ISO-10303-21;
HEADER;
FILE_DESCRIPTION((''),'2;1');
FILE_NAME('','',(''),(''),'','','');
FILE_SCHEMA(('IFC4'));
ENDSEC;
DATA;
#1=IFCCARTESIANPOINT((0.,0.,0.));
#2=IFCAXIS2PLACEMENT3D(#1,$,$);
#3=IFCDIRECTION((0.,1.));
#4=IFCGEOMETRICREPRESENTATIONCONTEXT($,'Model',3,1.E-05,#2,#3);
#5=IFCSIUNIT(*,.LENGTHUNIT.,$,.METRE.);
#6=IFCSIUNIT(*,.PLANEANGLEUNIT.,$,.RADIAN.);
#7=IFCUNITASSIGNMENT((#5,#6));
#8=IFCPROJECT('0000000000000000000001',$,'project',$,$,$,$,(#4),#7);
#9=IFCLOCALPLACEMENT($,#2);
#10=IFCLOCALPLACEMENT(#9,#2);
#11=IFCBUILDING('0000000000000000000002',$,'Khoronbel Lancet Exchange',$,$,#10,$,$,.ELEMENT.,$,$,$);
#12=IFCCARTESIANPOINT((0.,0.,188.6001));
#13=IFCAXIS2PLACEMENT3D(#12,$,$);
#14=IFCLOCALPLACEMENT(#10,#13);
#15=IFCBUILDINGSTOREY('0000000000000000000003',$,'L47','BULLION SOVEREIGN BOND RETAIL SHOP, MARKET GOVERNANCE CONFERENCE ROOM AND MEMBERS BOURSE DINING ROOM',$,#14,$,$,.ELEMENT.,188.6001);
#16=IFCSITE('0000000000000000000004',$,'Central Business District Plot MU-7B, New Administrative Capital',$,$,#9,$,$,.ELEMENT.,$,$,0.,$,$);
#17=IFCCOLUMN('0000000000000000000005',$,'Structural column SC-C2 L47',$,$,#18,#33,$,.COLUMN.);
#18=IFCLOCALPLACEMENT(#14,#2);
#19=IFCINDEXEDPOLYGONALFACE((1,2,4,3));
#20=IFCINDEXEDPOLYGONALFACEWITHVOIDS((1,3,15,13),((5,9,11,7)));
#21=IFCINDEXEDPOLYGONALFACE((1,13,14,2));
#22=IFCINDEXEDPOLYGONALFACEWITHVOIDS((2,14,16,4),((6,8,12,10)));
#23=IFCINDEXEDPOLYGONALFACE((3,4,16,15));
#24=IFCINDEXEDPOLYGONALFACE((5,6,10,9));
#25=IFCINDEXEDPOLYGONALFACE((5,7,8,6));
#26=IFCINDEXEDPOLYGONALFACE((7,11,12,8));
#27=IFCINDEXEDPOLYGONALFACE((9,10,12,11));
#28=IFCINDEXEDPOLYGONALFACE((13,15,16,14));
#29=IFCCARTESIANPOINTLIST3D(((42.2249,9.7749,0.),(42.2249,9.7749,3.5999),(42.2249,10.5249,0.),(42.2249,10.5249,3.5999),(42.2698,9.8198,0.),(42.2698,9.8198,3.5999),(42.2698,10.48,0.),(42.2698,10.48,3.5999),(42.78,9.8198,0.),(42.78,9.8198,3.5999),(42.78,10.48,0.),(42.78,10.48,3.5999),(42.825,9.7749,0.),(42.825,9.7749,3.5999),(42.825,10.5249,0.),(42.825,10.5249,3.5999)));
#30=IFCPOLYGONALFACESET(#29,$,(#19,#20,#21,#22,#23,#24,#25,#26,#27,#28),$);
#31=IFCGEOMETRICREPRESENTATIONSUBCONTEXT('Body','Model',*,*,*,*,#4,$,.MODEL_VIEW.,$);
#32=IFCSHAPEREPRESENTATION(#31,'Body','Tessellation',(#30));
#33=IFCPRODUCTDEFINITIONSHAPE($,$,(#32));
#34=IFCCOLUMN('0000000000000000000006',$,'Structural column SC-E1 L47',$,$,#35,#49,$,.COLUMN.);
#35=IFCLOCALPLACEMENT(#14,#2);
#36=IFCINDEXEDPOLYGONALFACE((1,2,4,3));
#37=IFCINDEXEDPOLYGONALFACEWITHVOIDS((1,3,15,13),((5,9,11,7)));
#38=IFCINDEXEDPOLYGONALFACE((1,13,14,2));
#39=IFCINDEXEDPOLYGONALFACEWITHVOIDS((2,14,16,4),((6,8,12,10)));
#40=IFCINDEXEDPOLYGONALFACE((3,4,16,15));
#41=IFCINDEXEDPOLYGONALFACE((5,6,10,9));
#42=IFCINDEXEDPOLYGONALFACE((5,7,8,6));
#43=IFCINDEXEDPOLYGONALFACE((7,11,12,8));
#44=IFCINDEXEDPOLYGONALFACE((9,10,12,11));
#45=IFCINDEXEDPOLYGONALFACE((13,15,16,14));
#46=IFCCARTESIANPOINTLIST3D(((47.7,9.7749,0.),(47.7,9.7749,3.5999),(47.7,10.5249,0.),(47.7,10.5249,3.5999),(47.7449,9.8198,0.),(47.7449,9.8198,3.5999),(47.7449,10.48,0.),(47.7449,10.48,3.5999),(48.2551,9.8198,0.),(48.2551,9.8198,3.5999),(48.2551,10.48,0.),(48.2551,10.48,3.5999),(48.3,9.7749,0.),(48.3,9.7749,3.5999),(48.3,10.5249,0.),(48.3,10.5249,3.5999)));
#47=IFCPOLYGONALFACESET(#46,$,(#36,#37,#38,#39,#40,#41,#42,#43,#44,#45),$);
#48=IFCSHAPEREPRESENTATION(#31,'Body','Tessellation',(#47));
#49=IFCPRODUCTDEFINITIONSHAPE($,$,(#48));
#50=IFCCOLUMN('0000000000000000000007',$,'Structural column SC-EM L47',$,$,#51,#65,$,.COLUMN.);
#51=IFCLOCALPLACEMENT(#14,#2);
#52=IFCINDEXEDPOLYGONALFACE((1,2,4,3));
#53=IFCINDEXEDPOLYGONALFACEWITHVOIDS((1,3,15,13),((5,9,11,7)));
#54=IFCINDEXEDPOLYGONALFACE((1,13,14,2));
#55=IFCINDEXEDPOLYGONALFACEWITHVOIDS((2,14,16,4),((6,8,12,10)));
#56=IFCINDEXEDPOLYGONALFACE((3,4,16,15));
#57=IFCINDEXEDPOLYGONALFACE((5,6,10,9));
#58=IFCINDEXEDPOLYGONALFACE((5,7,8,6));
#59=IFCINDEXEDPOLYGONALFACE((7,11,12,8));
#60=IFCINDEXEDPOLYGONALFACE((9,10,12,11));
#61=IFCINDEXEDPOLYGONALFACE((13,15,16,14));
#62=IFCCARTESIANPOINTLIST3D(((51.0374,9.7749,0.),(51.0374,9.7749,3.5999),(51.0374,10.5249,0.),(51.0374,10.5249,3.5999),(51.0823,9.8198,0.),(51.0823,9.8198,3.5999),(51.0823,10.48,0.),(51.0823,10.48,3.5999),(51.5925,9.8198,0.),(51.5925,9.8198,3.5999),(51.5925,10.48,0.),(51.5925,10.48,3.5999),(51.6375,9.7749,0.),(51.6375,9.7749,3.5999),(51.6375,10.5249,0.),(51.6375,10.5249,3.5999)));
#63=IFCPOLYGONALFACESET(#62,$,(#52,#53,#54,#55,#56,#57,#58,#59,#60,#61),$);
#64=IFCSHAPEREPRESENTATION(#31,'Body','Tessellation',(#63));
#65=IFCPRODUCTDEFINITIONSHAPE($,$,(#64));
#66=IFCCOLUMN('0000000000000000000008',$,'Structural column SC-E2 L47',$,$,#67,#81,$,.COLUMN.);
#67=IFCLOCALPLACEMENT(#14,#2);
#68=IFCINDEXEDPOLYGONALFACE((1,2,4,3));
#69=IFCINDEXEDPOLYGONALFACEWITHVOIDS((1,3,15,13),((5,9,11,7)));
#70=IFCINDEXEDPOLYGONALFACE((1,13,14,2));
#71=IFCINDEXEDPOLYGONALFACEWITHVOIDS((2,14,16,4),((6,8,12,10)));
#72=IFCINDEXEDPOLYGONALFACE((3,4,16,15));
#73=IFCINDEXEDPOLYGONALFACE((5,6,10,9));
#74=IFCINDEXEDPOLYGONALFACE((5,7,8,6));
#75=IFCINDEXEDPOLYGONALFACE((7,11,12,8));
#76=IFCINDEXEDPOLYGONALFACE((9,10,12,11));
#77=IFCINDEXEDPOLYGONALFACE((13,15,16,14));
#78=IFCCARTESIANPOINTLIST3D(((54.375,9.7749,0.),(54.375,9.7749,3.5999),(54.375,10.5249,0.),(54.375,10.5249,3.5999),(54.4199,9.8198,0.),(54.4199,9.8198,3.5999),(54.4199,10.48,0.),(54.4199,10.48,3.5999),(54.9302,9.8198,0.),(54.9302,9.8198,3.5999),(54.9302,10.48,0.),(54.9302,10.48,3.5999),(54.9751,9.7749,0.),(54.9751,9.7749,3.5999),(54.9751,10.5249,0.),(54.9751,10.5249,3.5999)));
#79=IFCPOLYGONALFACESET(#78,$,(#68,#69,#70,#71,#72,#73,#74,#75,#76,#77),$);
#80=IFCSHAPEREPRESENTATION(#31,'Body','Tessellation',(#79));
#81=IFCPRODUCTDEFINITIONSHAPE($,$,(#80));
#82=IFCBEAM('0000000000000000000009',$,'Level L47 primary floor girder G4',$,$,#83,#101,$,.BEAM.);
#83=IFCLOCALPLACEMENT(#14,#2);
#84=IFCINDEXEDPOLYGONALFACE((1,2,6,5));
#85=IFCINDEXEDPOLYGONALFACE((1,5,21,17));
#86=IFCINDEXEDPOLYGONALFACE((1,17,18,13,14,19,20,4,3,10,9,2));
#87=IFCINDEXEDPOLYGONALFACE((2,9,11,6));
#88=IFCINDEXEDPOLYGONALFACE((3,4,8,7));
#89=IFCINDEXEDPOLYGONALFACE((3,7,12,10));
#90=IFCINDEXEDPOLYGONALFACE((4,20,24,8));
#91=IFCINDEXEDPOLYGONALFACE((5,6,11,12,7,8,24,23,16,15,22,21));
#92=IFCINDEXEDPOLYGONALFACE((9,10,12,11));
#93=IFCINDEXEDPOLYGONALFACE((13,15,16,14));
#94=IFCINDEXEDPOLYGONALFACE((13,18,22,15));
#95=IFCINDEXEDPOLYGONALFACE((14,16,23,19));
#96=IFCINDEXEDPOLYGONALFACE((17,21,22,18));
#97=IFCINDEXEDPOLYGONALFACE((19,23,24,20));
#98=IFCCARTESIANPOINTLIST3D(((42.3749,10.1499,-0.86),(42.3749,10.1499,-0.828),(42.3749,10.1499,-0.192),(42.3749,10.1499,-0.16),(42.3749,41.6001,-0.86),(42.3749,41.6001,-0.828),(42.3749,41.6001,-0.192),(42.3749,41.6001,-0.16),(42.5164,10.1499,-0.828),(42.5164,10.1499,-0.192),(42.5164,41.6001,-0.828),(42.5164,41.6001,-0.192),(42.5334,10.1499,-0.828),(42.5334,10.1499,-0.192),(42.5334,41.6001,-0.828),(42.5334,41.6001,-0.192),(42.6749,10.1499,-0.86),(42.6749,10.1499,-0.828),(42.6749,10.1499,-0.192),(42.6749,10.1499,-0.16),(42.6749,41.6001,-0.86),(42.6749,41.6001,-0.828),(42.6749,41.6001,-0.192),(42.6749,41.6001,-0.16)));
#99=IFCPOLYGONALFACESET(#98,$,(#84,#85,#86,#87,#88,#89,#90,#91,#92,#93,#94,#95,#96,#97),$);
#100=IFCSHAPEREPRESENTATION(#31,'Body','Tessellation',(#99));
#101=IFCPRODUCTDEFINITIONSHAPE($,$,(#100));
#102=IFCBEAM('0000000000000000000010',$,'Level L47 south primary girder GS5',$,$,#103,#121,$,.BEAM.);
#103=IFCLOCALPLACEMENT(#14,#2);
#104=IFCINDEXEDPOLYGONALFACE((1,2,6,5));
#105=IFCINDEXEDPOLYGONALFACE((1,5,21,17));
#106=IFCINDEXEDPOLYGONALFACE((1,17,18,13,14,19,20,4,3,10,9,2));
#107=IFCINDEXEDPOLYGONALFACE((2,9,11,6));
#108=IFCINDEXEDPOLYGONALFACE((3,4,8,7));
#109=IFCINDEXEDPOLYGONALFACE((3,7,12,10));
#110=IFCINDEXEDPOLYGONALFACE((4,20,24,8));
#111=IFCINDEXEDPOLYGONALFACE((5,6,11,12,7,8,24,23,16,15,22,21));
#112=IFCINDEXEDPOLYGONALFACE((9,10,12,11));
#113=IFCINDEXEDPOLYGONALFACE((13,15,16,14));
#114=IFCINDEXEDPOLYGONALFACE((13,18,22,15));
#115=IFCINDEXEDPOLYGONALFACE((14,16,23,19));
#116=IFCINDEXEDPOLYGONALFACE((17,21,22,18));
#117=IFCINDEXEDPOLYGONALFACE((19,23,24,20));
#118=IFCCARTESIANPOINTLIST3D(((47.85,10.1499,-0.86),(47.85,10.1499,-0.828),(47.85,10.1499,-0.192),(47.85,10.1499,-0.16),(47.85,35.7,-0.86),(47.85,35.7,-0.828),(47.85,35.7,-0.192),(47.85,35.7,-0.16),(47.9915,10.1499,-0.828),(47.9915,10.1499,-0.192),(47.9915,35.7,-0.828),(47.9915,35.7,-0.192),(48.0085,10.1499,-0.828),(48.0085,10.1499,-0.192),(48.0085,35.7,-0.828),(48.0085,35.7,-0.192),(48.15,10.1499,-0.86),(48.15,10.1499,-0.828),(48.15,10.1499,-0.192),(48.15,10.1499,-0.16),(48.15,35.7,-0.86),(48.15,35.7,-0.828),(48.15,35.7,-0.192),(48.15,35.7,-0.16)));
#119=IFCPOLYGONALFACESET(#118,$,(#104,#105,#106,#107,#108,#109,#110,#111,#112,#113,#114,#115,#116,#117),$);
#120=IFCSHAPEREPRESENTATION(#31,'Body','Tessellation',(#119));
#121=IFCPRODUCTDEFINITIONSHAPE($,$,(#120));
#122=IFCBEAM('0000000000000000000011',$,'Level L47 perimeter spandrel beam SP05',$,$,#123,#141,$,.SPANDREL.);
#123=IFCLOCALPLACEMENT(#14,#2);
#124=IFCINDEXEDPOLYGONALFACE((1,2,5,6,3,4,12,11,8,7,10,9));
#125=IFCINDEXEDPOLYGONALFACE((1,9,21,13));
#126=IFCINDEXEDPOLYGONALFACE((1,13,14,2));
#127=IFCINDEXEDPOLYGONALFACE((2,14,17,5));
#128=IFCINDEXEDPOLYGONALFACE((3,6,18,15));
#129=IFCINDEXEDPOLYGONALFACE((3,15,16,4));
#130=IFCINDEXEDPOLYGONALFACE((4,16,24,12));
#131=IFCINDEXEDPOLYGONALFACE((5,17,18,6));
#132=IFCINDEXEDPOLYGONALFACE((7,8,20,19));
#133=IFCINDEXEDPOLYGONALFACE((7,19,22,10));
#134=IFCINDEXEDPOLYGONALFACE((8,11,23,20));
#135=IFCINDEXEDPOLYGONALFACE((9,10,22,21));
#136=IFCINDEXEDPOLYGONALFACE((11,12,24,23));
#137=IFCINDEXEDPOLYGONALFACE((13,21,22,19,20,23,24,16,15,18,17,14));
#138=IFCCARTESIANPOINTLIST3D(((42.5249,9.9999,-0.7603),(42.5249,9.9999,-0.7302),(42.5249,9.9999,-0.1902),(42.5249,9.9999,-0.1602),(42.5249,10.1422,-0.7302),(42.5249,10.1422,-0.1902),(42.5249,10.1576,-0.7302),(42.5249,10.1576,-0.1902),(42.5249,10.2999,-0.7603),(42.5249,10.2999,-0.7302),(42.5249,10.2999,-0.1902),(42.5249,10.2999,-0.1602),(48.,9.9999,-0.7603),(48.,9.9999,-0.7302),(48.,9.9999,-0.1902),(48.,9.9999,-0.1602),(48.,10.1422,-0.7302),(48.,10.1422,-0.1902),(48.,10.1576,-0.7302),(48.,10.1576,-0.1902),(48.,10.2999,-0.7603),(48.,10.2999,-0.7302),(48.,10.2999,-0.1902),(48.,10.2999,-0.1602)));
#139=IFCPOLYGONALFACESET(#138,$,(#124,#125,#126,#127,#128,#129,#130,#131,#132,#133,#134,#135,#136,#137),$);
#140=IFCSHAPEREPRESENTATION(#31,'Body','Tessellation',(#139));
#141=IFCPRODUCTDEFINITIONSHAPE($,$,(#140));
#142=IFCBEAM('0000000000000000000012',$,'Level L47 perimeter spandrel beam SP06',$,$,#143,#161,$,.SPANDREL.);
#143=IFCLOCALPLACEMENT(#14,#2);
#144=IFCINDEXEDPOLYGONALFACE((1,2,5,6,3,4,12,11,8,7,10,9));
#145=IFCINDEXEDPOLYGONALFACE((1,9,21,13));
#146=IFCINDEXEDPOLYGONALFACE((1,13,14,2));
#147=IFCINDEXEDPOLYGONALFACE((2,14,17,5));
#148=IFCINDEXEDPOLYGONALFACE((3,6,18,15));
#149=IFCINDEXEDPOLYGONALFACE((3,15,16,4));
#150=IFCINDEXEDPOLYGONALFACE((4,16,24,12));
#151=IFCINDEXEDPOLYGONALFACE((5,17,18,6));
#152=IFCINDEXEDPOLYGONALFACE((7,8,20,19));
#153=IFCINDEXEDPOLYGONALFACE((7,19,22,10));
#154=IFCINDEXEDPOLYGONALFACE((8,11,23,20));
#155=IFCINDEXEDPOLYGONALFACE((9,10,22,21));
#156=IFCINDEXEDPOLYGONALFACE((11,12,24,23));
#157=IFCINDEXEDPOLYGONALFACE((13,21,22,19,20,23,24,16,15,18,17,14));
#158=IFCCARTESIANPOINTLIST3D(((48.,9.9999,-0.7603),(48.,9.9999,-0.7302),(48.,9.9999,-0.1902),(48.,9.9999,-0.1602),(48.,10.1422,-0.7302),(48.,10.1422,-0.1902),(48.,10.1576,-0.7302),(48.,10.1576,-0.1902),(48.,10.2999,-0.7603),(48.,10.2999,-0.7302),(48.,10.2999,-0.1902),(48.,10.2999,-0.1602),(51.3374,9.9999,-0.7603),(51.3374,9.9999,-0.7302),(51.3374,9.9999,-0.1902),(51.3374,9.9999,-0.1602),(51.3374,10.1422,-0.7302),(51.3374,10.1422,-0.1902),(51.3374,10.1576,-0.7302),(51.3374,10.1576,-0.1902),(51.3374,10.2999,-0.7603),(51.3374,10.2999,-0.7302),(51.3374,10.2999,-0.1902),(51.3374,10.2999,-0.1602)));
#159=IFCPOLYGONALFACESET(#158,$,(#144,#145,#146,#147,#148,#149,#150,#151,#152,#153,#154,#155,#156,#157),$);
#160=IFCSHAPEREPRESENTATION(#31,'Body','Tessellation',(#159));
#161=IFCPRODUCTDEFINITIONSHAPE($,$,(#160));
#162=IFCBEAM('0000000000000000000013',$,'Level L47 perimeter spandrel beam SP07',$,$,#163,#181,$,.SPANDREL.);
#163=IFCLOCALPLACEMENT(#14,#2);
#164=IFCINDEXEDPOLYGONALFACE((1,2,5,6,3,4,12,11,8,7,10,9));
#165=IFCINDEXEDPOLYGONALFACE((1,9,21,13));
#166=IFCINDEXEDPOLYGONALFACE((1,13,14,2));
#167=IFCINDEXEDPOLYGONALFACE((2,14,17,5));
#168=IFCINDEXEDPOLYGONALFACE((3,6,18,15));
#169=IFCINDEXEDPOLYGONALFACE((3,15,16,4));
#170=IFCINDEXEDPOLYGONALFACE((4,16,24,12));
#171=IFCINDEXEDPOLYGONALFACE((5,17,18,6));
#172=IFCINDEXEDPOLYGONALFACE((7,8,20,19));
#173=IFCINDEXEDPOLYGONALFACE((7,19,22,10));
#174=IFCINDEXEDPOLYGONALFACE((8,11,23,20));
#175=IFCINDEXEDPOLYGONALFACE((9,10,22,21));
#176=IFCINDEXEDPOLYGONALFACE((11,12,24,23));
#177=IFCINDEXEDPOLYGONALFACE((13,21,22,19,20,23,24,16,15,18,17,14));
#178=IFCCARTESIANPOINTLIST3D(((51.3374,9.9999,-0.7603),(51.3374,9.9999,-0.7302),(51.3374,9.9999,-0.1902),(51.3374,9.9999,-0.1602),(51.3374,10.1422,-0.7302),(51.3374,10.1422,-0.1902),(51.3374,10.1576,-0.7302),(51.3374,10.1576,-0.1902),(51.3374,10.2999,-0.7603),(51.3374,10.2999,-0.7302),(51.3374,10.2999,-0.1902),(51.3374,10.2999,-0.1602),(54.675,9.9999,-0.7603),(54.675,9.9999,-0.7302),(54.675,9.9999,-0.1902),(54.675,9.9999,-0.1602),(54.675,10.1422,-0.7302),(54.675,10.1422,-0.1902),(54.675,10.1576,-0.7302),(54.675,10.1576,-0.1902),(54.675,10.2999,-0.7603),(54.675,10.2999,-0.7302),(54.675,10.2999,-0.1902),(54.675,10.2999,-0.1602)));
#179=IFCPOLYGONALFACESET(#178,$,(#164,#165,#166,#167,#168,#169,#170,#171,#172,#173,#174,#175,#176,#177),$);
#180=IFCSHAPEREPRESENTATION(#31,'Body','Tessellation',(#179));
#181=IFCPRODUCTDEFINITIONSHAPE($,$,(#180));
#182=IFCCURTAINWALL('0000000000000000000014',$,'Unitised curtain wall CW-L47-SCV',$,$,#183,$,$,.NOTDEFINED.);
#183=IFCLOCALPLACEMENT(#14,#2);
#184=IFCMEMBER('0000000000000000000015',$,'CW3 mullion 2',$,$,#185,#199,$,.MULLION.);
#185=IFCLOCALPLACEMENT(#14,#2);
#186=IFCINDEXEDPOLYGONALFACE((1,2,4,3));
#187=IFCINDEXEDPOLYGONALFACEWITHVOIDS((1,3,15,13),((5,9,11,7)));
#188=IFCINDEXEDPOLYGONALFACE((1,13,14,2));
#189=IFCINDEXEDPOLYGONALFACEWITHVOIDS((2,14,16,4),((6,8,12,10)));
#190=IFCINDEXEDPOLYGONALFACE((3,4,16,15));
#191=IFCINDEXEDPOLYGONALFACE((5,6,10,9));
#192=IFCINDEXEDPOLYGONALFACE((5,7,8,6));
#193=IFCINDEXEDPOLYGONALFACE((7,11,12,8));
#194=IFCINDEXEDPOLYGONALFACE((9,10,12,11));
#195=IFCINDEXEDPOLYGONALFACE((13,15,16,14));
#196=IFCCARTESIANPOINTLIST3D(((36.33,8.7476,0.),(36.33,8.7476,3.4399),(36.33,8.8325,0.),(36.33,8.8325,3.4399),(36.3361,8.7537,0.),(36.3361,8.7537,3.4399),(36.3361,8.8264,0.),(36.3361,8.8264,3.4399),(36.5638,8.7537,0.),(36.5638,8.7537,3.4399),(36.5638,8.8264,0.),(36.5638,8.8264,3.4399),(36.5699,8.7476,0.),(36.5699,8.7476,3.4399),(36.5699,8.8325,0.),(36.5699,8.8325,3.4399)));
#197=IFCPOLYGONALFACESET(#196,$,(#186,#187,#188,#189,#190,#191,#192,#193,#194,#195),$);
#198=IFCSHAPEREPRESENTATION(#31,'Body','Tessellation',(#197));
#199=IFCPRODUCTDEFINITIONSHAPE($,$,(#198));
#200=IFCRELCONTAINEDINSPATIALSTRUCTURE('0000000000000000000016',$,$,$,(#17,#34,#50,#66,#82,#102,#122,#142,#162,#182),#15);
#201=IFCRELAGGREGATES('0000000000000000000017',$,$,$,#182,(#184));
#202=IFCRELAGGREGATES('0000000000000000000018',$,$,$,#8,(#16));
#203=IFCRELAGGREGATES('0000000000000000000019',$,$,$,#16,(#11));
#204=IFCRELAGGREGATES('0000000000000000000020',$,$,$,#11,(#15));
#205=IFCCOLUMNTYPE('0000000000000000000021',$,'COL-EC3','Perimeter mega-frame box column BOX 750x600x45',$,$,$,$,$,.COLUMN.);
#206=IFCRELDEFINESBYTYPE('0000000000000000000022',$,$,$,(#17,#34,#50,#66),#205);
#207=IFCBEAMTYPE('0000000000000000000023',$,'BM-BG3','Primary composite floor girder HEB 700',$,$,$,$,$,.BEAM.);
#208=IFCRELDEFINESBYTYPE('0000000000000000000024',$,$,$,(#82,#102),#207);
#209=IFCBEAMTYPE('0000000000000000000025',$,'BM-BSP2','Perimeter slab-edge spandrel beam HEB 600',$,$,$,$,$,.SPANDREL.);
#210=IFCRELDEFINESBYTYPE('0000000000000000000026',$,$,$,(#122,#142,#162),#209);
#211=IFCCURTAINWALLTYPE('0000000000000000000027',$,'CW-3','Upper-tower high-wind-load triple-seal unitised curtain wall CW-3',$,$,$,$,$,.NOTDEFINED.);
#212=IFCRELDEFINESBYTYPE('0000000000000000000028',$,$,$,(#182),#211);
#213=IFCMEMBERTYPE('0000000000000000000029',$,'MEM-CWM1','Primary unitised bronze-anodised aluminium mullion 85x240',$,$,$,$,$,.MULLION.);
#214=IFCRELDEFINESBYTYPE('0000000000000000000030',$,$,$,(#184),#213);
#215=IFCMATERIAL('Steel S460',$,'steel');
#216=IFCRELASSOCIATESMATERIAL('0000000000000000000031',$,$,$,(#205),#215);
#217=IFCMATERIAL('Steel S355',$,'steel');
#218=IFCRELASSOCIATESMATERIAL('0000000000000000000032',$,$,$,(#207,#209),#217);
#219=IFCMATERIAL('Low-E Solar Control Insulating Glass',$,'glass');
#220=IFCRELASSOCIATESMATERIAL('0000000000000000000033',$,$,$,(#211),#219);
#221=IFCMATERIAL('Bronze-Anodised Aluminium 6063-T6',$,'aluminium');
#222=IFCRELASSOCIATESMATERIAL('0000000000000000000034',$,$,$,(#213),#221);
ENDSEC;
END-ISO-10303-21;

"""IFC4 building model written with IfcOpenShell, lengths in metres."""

from ifc_helpers import new_model, si_unit, direction, frame, origin, origin_2d, place, context, subcontext, project, spatial, hollow_rectangle, i_section, extrude, material, material_profile, profile_set, type_object, element, aggregate, save


model = new_model("IFC4")

# Units and contexts
model_context = context("Model", 3, precision=1e-05, world=origin(), true_north=direction((0.0, 1.0)))
body_context = subcontext(model_context, "Body", "Model", "MODEL_VIEW")
ifc_project = project(units=[si_unit("LENGTHUNIT", "METRE"), si_unit("PLANEANGLEUNIT", "RADIAN")], contexts=[model_context])

# Site, building, storey
site_placement = place(None, origin())
site = spatial("IfcSite", under=ifc_project, at=site_placement, Name="Central Business District Plot MU-7B, New Administrative Capital", CompositionType="ELEMENT", RefElevation=0.0)
building_placement = place(site_placement, origin())
building = spatial("IfcBuilding", under=site, at=building_placement, Name="Khoronbel Lancet Exchange", CompositionType="ELEMENT")
storey_placement = place(building_placement, frame((0.0, 0.0, 188.6001)))
storey = spatial("IfcBuildingStorey", under=building, at=storey_placement, Name="L47", Description="BULLION SOVEREIGN BOND RETAIL SHOP, MARKET GOVERNANCE CONFERENCE ROOM AND MEMBERS BOURSE DINING ROOM", CompositionType="ELEMENT", Elevation=188.6001)

# Columns
ifc_material_1 = material(Name="Steel S460", Category="steel")
ifc_material_profile_1 = material_profile(ifc_material_1, hollow_rectangle(XDim=0.6001, YDim=0.75, WallThickness=0.0449, at=origin_2d()), Name="BOX 750x600x45")
ifc_profile_set_1 = profile_set([ifc_material_profile_1], Name="Steel S460")
column_type = type_object("IfcColumnType", Name="COL-EC3", Description="Perimeter mega-frame box column BOX 750x600x45", PredefinedType="COLUMN", material=ifc_profile_set_1)
for number, where, z_axis, x_axis, name in (
    (1, (42.5249, 10.1499, 0.0), (0.0, 0.0, 1.0), (1.0, 0.0, 0.0), "Structural column SC-C2 L47"),
    (2, (48.0, 10.1499, 0.0), (0.0, 0.0, 1.0), (1.0, 0.0, 0.0), "Structural column SC-E1 L47"),
    (3, (51.3374, 10.1499, 0.0), (0.0, 0.0, 1.0), (1.0, 0.0, 0.0), "Structural column SC-EM L47"),
    (4, (54.675, 10.1499, 0.0), (0.0, 0.0, 1.0), (1.0, 0.0, 0.0), "Structural column SC-E2 L47"),
):
    element("IfcColumn", number, at=place(storey_placement, frame(where, z_axis=z_axis, x_axis=x_axis)), inside=storey, type_object=column_type, Name=name, PredefinedType="COLUMN", context=body_context, shape_type="SweptSolid", body=[
        extrude(hollow_rectangle(XDim=0.6001, YDim=0.75, WallThickness=0.0449, at=origin_2d()), origin(), (0.0, 0.0, 1.0), 3.5999),
    ])

# Beams
ifc_material_2 = material(Name="Steel S355", Category="steel")
ifc_material_profile_2 = material_profile(ifc_material_2, i_section(OverallWidth=0.3, OverallDepth=0.7, WebThickness=0.0171, FlangeThickness=0.032, at=origin_2d()), Name="HEB 700")
ifc_profile_set_2 = profile_set([ifc_material_profile_2], Name="Steel S355")
beam_type_1 = type_object("IfcBeamType", Name="BM-BG3", Description="Primary composite floor girder HEB 700", PredefinedType="BEAM", material=ifc_profile_set_2)
beam_1_placement = place(storey_placement, frame((42.5249, 10.1499, -0.51), z_axis=(0.0, 1.0, 0.0), x_axis=(-1.0, 0.0, 0.0)))
element("IfcBeam", 5, at=beam_1_placement, inside=storey, type_object=beam_type_1, Name="Level L47 primary floor girder G4", PredefinedType="BEAM", context=body_context, shape_type="SweptSolid", body=[
    extrude(i_section(OverallWidth=0.3, OverallDepth=0.7, WebThickness=0.0171, FlangeThickness=0.032, at=origin_2d()), origin(), (0.0, 0.0, 1.0), 31.4502),
])
beam_2_placement = place(storey_placement, frame((48.0, 10.1499, -0.51), z_axis=(0.0, 1.0, 0.0), x_axis=(-1.0, 0.0, 0.0)))
element("IfcBeam", 6, at=beam_2_placement, inside=storey, type_object=beam_type_1, Name="Level L47 south primary girder GS5", PredefinedType="BEAM", context=body_context, shape_type="SweptSolid", body=[
    extrude(i_section(OverallWidth=0.3, OverallDepth=0.7, WebThickness=0.0171, FlangeThickness=0.032, at=origin_2d()), origin(), (0.0, 0.0, 1.0), 25.55),
])
ifc_material_profile_3 = material_profile(ifc_material_2, i_section(OverallWidth=0.3, OverallDepth=0.6001, WebThickness=0.0154, FlangeThickness=0.03, at=origin_2d()), Name="HEB 600")
ifc_profile_set_3 = profile_set([ifc_material_profile_3], Name="Steel S355")
beam_type_2 = type_object("IfcBeamType", Name="BM-BSP2", Description="Perimeter slab-edge spandrel beam HEB 600", PredefinedType="SPANDREL", material=ifc_profile_set_3)
beam_3_placement = place(storey_placement, frame((42.5249, 10.1499, -0.4602), z_axis=(1.0, 0.0, 0.0), x_axis=(0.0, 1.0, 0.0)))
element("IfcBeam", 7, at=beam_3_placement, inside=storey, type_object=beam_type_2, Name="Level L47 perimeter spandrel beam SP05", PredefinedType="SPANDREL", context=body_context, shape_type="SweptSolid", body=[
    extrude(i_section(OverallWidth=0.3, OverallDepth=0.6001, WebThickness=0.0154, FlangeThickness=0.03, at=origin_2d()), origin(), (0.0, 0.0, 1.0), 5.4751),
])
beam_4_placement = place(storey_placement, frame((48.0, 10.1499, -0.4602), z_axis=(1.0, 0.0, 0.0), x_axis=(0.0, 1.0, 0.0)))
element("IfcBeam", 8, at=beam_4_placement, inside=storey, type_object=beam_type_2, Name="Level L47 perimeter spandrel beam SP06", PredefinedType="SPANDREL", context=body_context, shape_type="SweptSolid", body=[
    extrude(i_section(OverallWidth=0.3, OverallDepth=0.6001, WebThickness=0.0154, FlangeThickness=0.03, at=origin_2d()), origin(), (0.0, 0.0, 1.0), 3.3374),
])
beam_5_placement = place(storey_placement, frame((51.3374, 10.1499, -0.4602), z_axis=(1.0, 0.0, 0.0), x_axis=(0.0, 1.0, 0.0)))
element("IfcBeam", 9, at=beam_5_placement, inside=storey, type_object=beam_type_2, Name="Level L47 perimeter spandrel beam SP07", PredefinedType="SPANDREL", context=body_context, shape_type="SweptSolid", body=[
    extrude(i_section(OverallWidth=0.3, OverallDepth=0.6001, WebThickness=0.0154, FlangeThickness=0.03, at=origin_2d()), origin(), (0.0, 0.0, 1.0), 3.3376),
])

# Curtain wall, member
ifc_material_3 = material(Name="Low-E Solar Control Insulating Glass", Category="glass")
curtain_wall_type = type_object("IfcCurtainWallType", Name="CW-3", Description="Upper-tower high-wind-load triple-seal unitised curtain wall CW-3", PredefinedType="NOTDEFINED", material=ifc_material_3)
curtain_wall_1_placement = place(storey_placement, origin())
curtain_wall_1 = element("IfcCurtainWall", 10, at=curtain_wall_1_placement, inside=storey, type_object=curtain_wall_type, Name="Unitised curtain wall CW-L47-SCV", PredefinedType="NOTDEFINED")
ifc_material_4 = material(Name="Bronze-Anodised Aluminium 6063-T6", Category="aluminium")
ifc_material_profile_4 = material_profile(ifc_material_4, hollow_rectangle(XDim=0.085, YDim=0.24, WallThickness=0.0061, at=origin_2d()), Name="ALU MULLION 85x240")
ifc_profile_set_4 = profile_set([ifc_material_profile_4], Name="Bronze-Anodised Aluminium 6063-T6")
member_type_1 = type_object("IfcMemberType", Name="MEM-CWM1", Description="Primary unitised bronze-anodised aluminium mullion 85x240", PredefinedType="MULLION", material=ifc_profile_set_4)
member_1_placement = place(storey_placement, frame((36.45, 8.79, 0.0), z_axis=(0.0, 0.0, 1.0), x_axis=(0.0, 1.0, 0.0)))
member_1 = element("IfcMember", 11, at=member_1_placement, type_object=member_type_1, Name="CW3 mullion 2", PredefinedType="MULLION", context=body_context, shape_type="SweptSolid", body=[
    extrude(hollow_rectangle(XDim=0.085, YDim=0.24, WallThickness=0.0061, at=origin_2d()), origin(), (0.0, 0.0, 1.0), 3.4399),
])

aggregate(curtain_wall_1, [member_1])

save(model, "model.ifc")
